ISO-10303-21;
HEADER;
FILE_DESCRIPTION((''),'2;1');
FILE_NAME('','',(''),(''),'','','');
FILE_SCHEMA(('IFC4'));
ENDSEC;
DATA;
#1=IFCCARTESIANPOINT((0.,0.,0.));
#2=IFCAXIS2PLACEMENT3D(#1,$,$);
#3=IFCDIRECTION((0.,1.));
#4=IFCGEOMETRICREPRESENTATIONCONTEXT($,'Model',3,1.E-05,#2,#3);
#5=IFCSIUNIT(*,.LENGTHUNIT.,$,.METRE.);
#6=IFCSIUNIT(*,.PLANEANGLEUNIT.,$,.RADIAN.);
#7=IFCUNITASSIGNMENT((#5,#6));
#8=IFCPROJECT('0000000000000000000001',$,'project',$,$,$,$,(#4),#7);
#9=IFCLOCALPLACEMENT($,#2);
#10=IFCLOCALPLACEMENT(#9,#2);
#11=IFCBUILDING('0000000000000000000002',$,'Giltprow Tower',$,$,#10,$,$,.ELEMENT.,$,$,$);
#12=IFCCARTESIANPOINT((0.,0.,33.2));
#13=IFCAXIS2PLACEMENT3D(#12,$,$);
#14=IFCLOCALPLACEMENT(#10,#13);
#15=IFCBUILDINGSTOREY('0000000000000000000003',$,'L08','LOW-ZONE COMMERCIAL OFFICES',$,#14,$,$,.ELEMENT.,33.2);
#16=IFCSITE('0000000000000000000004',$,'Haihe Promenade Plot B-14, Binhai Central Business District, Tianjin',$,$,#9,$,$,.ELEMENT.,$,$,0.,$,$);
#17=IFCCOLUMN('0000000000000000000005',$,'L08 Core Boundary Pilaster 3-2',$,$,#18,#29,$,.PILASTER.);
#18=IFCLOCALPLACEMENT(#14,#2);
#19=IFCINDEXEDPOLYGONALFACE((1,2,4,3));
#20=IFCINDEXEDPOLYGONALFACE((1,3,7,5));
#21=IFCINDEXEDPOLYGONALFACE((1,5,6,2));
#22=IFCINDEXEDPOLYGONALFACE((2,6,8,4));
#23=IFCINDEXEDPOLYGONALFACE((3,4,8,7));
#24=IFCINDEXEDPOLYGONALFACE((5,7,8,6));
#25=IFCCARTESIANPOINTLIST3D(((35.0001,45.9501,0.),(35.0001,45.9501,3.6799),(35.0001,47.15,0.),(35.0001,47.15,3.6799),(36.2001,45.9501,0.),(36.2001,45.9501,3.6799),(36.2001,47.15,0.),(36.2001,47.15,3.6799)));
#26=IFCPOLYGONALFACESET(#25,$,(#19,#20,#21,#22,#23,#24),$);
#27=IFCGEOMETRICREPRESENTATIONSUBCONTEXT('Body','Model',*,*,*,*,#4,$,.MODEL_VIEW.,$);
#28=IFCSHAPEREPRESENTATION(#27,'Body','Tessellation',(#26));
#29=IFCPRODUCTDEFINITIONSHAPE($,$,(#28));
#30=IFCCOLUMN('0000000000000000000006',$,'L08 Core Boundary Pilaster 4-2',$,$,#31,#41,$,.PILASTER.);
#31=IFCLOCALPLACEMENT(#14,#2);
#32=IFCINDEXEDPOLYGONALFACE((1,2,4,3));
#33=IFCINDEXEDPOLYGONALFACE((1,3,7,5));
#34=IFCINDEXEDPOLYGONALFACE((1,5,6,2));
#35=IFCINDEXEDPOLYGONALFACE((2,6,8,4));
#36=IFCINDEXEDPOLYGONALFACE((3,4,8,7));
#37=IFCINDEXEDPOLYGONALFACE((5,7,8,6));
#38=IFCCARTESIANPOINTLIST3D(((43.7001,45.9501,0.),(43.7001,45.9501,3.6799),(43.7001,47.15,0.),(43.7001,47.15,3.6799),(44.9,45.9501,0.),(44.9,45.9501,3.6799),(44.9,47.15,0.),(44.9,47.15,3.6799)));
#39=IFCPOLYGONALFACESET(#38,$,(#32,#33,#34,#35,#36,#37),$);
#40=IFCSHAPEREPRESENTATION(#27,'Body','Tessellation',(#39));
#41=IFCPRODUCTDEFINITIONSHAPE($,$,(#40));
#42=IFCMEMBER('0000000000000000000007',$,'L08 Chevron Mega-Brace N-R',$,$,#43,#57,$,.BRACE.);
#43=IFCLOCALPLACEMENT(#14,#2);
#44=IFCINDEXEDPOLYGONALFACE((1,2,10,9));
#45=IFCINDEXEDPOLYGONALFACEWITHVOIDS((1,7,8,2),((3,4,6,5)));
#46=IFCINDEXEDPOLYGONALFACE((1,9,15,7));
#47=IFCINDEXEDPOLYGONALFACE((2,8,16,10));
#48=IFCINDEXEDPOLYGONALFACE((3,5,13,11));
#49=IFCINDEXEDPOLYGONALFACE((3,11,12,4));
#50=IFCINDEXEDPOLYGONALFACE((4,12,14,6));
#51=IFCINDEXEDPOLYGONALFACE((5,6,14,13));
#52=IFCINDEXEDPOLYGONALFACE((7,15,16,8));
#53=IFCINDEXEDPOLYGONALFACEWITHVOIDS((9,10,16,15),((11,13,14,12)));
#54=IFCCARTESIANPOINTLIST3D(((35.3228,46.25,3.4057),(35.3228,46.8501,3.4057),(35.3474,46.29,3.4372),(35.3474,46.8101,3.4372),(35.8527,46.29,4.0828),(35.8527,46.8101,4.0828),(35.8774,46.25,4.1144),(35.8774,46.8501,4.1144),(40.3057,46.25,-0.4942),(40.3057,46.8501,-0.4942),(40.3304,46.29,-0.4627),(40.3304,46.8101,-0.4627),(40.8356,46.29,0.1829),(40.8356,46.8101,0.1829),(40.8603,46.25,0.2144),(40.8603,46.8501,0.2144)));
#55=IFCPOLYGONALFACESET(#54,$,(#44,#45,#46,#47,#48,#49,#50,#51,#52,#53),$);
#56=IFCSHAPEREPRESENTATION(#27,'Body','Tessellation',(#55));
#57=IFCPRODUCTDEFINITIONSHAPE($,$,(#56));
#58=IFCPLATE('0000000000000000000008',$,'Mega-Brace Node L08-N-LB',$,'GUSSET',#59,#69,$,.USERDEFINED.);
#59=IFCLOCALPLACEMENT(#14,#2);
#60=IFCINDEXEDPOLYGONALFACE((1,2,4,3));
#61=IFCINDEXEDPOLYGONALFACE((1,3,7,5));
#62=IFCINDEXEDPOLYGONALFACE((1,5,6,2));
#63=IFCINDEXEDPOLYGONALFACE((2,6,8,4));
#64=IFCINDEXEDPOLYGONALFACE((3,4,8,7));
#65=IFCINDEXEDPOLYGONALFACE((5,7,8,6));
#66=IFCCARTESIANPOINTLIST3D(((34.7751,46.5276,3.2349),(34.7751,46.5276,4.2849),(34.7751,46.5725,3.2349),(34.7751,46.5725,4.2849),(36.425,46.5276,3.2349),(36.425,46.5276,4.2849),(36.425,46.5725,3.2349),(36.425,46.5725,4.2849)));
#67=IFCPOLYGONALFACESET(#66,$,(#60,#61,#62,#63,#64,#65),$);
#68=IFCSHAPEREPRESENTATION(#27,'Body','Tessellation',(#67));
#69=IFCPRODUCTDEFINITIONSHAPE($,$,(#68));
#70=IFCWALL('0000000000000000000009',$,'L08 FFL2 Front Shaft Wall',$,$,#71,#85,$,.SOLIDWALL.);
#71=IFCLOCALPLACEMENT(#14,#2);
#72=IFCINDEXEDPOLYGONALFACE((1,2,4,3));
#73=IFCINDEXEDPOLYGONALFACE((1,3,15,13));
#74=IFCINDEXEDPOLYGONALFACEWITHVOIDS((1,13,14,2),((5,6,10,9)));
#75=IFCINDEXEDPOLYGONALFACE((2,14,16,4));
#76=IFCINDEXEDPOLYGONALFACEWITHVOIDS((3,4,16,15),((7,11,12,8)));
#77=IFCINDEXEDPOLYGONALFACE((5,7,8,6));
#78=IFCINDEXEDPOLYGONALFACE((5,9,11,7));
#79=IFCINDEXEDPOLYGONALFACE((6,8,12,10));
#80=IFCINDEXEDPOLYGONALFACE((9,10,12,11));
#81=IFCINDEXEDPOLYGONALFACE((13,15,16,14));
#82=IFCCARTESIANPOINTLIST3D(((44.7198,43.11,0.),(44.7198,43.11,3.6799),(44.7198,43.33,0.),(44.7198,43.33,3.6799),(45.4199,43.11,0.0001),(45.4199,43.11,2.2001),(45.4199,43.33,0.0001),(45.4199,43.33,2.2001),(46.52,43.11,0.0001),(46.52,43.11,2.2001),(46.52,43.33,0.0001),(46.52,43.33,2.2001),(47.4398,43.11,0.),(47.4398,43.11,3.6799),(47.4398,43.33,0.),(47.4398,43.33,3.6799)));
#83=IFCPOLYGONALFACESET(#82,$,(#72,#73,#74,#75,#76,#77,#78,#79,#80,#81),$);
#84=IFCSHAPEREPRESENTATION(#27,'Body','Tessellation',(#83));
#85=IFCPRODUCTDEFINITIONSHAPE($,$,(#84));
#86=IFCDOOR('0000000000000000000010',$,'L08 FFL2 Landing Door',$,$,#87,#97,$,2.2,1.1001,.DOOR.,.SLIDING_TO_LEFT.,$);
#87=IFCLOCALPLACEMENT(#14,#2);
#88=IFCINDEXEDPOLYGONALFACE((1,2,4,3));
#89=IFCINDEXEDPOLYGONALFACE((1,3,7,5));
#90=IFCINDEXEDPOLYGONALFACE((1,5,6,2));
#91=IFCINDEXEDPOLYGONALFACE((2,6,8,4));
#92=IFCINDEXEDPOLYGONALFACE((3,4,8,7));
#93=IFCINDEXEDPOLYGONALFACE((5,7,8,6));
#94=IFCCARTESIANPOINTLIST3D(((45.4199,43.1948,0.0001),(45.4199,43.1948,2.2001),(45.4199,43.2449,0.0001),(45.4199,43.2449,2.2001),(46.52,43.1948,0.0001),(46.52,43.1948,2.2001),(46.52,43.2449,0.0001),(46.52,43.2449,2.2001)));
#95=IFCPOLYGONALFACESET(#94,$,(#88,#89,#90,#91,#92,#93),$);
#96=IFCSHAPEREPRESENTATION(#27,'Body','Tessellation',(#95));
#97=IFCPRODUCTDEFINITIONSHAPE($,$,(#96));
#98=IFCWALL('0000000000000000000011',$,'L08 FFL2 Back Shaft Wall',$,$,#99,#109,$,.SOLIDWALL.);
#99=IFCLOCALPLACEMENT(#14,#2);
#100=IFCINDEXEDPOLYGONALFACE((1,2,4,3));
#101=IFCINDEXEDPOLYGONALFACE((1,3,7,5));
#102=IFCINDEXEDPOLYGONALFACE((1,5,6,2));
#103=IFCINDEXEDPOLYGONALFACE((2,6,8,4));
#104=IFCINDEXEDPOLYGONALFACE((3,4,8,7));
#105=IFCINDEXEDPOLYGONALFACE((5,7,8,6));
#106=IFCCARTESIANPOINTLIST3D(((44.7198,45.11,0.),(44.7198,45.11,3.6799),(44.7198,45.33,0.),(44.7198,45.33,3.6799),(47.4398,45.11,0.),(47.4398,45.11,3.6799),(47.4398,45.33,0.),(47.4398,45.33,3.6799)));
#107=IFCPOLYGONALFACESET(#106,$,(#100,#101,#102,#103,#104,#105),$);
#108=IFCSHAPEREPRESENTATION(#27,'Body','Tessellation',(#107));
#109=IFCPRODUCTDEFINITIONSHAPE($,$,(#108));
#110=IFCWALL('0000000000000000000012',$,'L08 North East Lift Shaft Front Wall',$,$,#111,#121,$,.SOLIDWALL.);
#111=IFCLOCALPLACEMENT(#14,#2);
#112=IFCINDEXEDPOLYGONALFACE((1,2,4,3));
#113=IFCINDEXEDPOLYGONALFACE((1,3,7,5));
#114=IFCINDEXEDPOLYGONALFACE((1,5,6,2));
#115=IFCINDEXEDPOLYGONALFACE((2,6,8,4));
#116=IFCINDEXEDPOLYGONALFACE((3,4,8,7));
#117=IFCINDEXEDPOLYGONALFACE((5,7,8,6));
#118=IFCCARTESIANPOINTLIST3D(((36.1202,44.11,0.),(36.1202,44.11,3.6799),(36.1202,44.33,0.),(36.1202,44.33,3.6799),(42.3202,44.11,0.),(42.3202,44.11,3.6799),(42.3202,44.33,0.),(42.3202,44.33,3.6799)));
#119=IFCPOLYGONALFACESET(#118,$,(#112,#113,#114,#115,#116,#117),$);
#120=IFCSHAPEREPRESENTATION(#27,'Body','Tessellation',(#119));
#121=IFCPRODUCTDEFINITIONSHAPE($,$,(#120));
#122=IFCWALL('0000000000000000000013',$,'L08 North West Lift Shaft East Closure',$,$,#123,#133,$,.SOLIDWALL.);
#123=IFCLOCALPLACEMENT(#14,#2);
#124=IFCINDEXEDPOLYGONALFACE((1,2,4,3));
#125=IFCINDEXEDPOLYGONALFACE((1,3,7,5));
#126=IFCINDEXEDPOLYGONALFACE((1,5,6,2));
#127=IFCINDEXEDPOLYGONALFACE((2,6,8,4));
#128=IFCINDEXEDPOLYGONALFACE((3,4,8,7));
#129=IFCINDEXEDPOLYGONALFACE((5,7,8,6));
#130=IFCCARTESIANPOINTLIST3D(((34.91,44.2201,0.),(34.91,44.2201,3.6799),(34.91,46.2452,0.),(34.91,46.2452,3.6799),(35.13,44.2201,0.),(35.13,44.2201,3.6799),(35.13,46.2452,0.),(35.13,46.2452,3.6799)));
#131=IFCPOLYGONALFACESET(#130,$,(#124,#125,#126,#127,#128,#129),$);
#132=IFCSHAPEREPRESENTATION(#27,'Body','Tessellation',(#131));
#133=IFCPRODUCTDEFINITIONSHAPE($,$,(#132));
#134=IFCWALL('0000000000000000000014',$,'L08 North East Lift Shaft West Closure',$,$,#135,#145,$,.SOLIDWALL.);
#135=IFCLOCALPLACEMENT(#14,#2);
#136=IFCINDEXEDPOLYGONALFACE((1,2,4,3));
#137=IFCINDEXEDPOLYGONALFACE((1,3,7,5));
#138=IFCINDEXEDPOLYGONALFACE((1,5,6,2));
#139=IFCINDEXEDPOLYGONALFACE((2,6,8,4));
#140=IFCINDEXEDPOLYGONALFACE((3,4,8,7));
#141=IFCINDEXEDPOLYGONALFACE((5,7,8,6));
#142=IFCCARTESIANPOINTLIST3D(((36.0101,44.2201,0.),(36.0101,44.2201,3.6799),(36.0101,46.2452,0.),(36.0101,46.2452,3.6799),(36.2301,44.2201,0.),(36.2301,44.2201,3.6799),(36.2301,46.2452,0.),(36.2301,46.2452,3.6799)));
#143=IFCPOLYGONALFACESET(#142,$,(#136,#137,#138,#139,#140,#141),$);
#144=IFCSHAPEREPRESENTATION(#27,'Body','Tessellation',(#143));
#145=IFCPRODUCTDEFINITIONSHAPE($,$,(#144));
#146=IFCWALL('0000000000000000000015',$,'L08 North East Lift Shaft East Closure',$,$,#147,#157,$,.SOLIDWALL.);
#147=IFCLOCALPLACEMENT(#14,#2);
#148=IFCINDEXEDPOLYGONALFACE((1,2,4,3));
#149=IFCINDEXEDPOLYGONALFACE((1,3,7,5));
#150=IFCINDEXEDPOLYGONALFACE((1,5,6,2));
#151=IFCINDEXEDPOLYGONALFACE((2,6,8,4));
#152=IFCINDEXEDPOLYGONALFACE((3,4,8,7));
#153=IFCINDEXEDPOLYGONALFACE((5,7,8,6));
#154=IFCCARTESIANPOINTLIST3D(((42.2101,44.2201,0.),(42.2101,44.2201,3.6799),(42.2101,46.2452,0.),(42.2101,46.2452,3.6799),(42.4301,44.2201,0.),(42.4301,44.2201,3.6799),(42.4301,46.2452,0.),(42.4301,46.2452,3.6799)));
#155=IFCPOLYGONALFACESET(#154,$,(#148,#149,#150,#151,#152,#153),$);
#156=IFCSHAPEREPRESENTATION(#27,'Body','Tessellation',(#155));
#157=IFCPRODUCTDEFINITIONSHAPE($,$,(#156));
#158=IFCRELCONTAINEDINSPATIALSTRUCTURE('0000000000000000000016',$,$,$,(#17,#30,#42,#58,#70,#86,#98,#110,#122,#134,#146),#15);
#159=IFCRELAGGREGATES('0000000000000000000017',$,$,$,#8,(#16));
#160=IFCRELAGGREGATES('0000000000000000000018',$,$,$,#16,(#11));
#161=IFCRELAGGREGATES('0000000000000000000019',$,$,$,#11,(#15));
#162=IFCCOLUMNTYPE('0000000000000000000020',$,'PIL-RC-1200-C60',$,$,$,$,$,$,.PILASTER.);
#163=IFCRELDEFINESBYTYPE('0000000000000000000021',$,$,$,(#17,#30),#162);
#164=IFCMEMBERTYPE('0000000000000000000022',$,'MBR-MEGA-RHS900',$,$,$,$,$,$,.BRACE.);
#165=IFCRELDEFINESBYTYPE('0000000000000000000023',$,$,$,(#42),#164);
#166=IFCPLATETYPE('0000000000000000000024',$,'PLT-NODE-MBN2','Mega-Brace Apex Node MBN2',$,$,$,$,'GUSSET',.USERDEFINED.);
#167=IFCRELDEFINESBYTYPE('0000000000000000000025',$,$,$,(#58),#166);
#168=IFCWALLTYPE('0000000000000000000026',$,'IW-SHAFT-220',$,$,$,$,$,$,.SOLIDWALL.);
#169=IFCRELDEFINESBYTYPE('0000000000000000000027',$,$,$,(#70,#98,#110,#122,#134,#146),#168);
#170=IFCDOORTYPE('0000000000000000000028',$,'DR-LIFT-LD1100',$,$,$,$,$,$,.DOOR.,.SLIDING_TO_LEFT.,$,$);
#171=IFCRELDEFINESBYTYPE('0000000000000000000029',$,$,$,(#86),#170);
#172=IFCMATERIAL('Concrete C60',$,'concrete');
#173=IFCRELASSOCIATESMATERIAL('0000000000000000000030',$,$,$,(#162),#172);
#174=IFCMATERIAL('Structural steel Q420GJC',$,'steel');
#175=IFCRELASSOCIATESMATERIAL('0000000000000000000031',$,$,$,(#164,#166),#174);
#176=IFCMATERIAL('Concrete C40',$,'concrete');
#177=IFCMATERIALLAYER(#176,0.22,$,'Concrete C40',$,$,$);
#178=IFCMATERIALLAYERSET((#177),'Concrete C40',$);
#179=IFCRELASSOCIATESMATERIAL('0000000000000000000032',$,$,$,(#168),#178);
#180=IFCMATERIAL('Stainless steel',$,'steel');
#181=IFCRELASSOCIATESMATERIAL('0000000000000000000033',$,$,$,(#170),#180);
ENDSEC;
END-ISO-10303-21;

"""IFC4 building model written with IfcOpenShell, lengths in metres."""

from ifc_helpers import new_model, si_unit, direction, frame, frame_2d, origin, origin_2d, place, context, subcontext, project, spatial, rectangle, hollow_rectangle, extrude, source, transform, mapped, material, layer, layer_set, material_profile, profile_set, type_object, element, fill, save


model = new_model("IFC4")

# Units and contexts
model_context = context("Model", 3, precision=1e-05, world=origin(), true_north=direction((0.0, 1.0)))
body_context = subcontext(model_context, "Body", "Model", "MODEL_VIEW")
ifc_project = project(units=[si_unit("LENGTHUNIT", "METRE"), si_unit("PLANEANGLEUNIT", "RADIAN")], contexts=[model_context])

# Site, building, storey
site_placement = place(None, origin())
site = spatial("IfcSite", under=ifc_project, at=site_placement, Name="Haihe Promenade Plot B-14, Binhai Central Business District, Tianjin", CompositionType="ELEMENT", RefElevation=0.0)
building_placement = place(site_placement, origin())
building = spatial("IfcBuilding", under=site, at=building_placement, Name="Giltprow Tower", CompositionType="ELEMENT")
storey_placement = place(building_placement, frame((0.0, 0.0, 33.2)))
storey = spatial("IfcBuildingStorey", under=building, at=storey_placement, Name="L08", Description="LOW-ZONE COMMERCIAL OFFICES", CompositionType="ELEMENT", Elevation=33.2)

# Columns
ifc_material_1 = material(Name="Concrete C60", Category="concrete")
ifc_material_profile_1 = material_profile(ifc_material_1, rectangle(XDim=1.2, YDim=1.2, at=origin_2d()), Name="RC 1200x1200")
ifc_profile_set_1 = profile_set([ifc_material_profile_1], Name="Concrete C60")
column_type = type_object("IfcColumnType", Name="PIL-RC-1200-C60", PredefinedType="PILASTER", material=ifc_profile_set_1)
shared_shape_1 = source(origin(), body_context, "Body", "SweptSolid", [
    extrude(rectangle(XDim=1.2, YDim=1.2, at=origin_2d()), origin(), (0.0, 0.0, 1.0), 3.6799),
])
for number, where, z_axis, x_axis, name in (
    (1, (35.6001, 46.55, 0.0), (0.0, 0.0, 1.0), (1.0, 0.0, 0.0), "L08 Core Boundary Pilaster 3-2"),
    (2, (44.3, 46.55, 0.0), (0.0, 0.0, 1.0), (1.0, 0.0, 0.0), "L08 Core Boundary Pilaster 4-2"),
):
    element("IfcColumn", number, at=place(storey_placement, frame(where, z_axis=z_axis, x_axis=x_axis)), inside=storey, type_object=column_type, Name=name, PredefinedType="PILASTER", context=body_context, shape_type="MappedRepresentation", body=[
        mapped(shared_shape_1, transform((0.0, 0.0, 0.0), x_axis=(1.0, 0.0, 0.0), y_axis=(0.0, 1.0, 0.0), z_axis=(0.0, 0.0, 1.0), scale=1.0)),
    ])

# Member
ifc_material_2 = material(Name="Structural steel Q420GJC", Category="steel")
ifc_material_profile_2 = material_profile(ifc_material_2, hollow_rectangle(XDim=0.6001, YDim=0.8999, WallThickness=0.04, at=origin_2d()), Name="RHS 900x600x40")
ifc_profile_set_2 = profile_set([ifc_material_profile_2], Name="Structural steel Q420GJC")
member_type = type_object("IfcMemberType", Name="MBR-MEGA-RHS900", PredefinedType="BRACE", material=ifc_profile_set_2)
shared_shape_2 = source(origin(), body_context, "Body", "SweptSolid", [
    extrude(hollow_rectangle(XDim=0.6001, YDim=0.8999, WallThickness=0.04, at=origin_2d()), origin(), (0.0, 0.0, 1.0), 6.3276),
])
member_placement = place(storey_placement, frame((40.583, 46.55, -0.1399), z_axis=(-0.787487, 0.0, 0.616331), x_axis=(0.0, -1.0, 0.0)))
element("IfcMember", 3, at=member_placement, inside=storey, type_object=member_type, Name="L08 Chevron Mega-Brace N-R", PredefinedType="BRACE", context=body_context, shape_type="MappedRepresentation", body=[
    mapped(shared_shape_2, transform((0.0, 0.0, 0.0), x_axis=(1.0, 0.0, 0.0), y_axis=(0.0, 1.0, 0.0), z_axis=(0.0, 0.0, 1.0), scale=1.0)),
])

# Plate
plate_type = type_object("IfcPlateType", Name="PLT-NODE-MBN2", Description="Mega-Brace Apex Node MBN2", ElementType="GUSSET", PredefinedType="USERDEFINED", material=ifc_material_2)
shared_shape_3 = source(origin(), body_context, "Body", "SweptSolid", [
    extrude(rectangle(XDim=1.6499, YDim=0.0449, at=origin_2d()), origin(), (0.0, 0.0, 1.0), 1.05),
])
plate_placement = place(storey_placement, frame((35.6001, 46.55, 3.2349), z_axis=(0.0, 0.0, 1.0), x_axis=(1.0, 0.0, 0.0)))
element("IfcPlate", 4, at=plate_placement, inside=storey, type_object=plate_type, Name="Mega-Brace Node L08-N-LB", ObjectType="GUSSET", PredefinedType="USERDEFINED", context=body_context, shape_type="MappedRepresentation", body=[
    mapped(shared_shape_3, transform((0.0, 0.0, 0.0), x_axis=(1.0, 0.0, 0.0), y_axis=(0.0, 1.0, 0.0), z_axis=(0.0, 0.0, 1.0), scale=1.0)),
])

# Wall, opening, door
ifc_material_3 = material(Name="Concrete C40", Category="concrete")
ifc_layer_1 = layer(ifc_material_3, 0.22, Name="Concrete C40")
ifc_layer_set_1 = layer_set([ifc_layer_1], Name="Concrete C40")
wall_type_1 = type_object("IfcWallType", Name="IW-SHAFT-220", PredefinedType="SOLIDWALL", material=ifc_layer_set_1)
wall_1_placement = place(storey_placement, frame((44.72, 43.22, 0.0), z_axis=(0.0, 0.0, 1.0), x_axis=(1.0, 0.0, 0.0)))
wall_1 = element("IfcWall", 5, at=wall_1_placement, inside=storey, type_object=wall_type_1, Name="L08 FFL2 Front Shaft Wall", PredefinedType="SOLIDWALL", context=body_context, shape_type="SweptSolid", body=[
    extrude(rectangle(XDim=2.72, YDim=0.22, at=frame_2d((1.3599, 0.0))), origin(), (0.0, 0.0, 1.0), 3.6799),
])
opening_1_placement = place(wall_1_placement, frame((0.7, 0.0, 0.0)))
opening_1 = element("IfcOpeningElement", 6, at=opening_1_placement, cuts=wall_1, PredefinedType="OPENING", context=body_context, shape_type="SweptSolid", body=[
    extrude(rectangle(XDim=1.1001, YDim=2.2, at=frame_2d((0.55, 1.1001))), frame((0.0, 0.1199, 0.0), z_axis=(0.0, -1.0, 0.0), x_axis=(1.0, 0.0, 0.0)), (0.0, 0.0, 1.0), 0.24),
])
ifc_material_4 = material(Name="Stainless steel", Category="steel")
door_type = type_object("IfcDoorType", Name="DR-LIFT-LD1100", OperationType="SLIDING_TO_LEFT", PredefinedType="DOOR", material=ifc_material_4)
shared_shape_4 = source(origin(), body_context, "Body", "SweptSolid", [
    extrude(rectangle(XDim=1.1001, YDim=2.2, at=frame_2d((0.55, 1.1001))), frame((0.0, 0.0249, 0.0), z_axis=(0.0, -1.0, 0.0), x_axis=(1.0, 0.0, 0.0)), (0.0, 0.0, 1.0), 0.05),
])
door_1_placement = place(opening_1_placement, origin())
door_1 = element("IfcDoor", 7, at=door_1_placement, inside=storey, type_object=door_type, Name="L08 FFL2 Landing Door", OperationType="SLIDING_TO_LEFT", OverallHeight=2.2, OverallWidth=1.1001, PredefinedType="DOOR", context=body_context, shape_type="MappedRepresentation", body=[
    mapped(shared_shape_4, transform((0.0, 0.0, 0.0), x_axis=(1.0, 0.0, 0.0), y_axis=(0.0, 1.0, 0.0), z_axis=(0.0, 0.0, 1.0), scale=1.0)),
])
fill(opening_1, door_1)

# Walls
wall_2_placement = place(storey_placement, frame((44.72, 45.22, 0.0), z_axis=(0.0, 0.0, 1.0), x_axis=(1.0, 0.0, 0.0)))
element("IfcWall", 8, at=wall_2_placement, inside=storey, type_object=wall_type_1, Name="L08 FFL2 Back Shaft Wall", PredefinedType="SOLIDWALL", context=body_context, shape_type="SweptSolid", body=[
    extrude(rectangle(XDim=2.72, YDim=0.22, at=frame_2d((1.3599, 0.0))), origin(), (0.0, 0.0, 1.0), 3.6799),
])
wall_3_placement = place(storey_placement, frame((36.1201, 44.22, 0.0), z_axis=(0.0, 0.0, 1.0), x_axis=(1.0, 0.0, 0.0)))
element("IfcWall", 9, at=wall_3_placement, inside=storey, type_object=wall_type_1, Name="L08 North East Lift Shaft Front Wall", PredefinedType="SOLIDWALL", context=body_context, shape_type="SweptSolid", body=[
    extrude(rectangle(XDim=6.2, YDim=0.22, at=frame_2d((3.1001, 0.0))), origin(), (0.0, 0.0, 1.0), 3.6799),
])
for number, where, z_axis, x_axis, name in (
    (10, (35.02, 44.22, 0.0), (0.0, 0.0, 1.0), (0.0, 1.0, 0.0), "L08 North West Lift Shaft East Closure"),
    (11, (36.1201, 44.22, 0.0), (0.0, 0.0, 1.0), (0.0, 1.0, 0.0), "L08 North East Lift Shaft West Closure"),
    (12, (42.3201, 44.22, 0.0), (0.0, 0.0, 1.0), (0.0, 1.0, 0.0), "L08 North East Lift Shaft East Closure"),
):
    element("IfcWall", number, at=place(storey_placement, frame(where, z_axis=z_axis, x_axis=x_axis)), inside=storey, type_object=wall_type_1, Name=name, PredefinedType="SOLIDWALL", context=body_context, shape_type="SweptSolid", body=[
        extrude(rectangle(XDim=2.0251, YDim=0.22, at=frame_2d((1.0127, 0.0))), origin(), (0.0, 0.0, 1.0), 3.6799),
    ])

save(model, "model.ifc")
